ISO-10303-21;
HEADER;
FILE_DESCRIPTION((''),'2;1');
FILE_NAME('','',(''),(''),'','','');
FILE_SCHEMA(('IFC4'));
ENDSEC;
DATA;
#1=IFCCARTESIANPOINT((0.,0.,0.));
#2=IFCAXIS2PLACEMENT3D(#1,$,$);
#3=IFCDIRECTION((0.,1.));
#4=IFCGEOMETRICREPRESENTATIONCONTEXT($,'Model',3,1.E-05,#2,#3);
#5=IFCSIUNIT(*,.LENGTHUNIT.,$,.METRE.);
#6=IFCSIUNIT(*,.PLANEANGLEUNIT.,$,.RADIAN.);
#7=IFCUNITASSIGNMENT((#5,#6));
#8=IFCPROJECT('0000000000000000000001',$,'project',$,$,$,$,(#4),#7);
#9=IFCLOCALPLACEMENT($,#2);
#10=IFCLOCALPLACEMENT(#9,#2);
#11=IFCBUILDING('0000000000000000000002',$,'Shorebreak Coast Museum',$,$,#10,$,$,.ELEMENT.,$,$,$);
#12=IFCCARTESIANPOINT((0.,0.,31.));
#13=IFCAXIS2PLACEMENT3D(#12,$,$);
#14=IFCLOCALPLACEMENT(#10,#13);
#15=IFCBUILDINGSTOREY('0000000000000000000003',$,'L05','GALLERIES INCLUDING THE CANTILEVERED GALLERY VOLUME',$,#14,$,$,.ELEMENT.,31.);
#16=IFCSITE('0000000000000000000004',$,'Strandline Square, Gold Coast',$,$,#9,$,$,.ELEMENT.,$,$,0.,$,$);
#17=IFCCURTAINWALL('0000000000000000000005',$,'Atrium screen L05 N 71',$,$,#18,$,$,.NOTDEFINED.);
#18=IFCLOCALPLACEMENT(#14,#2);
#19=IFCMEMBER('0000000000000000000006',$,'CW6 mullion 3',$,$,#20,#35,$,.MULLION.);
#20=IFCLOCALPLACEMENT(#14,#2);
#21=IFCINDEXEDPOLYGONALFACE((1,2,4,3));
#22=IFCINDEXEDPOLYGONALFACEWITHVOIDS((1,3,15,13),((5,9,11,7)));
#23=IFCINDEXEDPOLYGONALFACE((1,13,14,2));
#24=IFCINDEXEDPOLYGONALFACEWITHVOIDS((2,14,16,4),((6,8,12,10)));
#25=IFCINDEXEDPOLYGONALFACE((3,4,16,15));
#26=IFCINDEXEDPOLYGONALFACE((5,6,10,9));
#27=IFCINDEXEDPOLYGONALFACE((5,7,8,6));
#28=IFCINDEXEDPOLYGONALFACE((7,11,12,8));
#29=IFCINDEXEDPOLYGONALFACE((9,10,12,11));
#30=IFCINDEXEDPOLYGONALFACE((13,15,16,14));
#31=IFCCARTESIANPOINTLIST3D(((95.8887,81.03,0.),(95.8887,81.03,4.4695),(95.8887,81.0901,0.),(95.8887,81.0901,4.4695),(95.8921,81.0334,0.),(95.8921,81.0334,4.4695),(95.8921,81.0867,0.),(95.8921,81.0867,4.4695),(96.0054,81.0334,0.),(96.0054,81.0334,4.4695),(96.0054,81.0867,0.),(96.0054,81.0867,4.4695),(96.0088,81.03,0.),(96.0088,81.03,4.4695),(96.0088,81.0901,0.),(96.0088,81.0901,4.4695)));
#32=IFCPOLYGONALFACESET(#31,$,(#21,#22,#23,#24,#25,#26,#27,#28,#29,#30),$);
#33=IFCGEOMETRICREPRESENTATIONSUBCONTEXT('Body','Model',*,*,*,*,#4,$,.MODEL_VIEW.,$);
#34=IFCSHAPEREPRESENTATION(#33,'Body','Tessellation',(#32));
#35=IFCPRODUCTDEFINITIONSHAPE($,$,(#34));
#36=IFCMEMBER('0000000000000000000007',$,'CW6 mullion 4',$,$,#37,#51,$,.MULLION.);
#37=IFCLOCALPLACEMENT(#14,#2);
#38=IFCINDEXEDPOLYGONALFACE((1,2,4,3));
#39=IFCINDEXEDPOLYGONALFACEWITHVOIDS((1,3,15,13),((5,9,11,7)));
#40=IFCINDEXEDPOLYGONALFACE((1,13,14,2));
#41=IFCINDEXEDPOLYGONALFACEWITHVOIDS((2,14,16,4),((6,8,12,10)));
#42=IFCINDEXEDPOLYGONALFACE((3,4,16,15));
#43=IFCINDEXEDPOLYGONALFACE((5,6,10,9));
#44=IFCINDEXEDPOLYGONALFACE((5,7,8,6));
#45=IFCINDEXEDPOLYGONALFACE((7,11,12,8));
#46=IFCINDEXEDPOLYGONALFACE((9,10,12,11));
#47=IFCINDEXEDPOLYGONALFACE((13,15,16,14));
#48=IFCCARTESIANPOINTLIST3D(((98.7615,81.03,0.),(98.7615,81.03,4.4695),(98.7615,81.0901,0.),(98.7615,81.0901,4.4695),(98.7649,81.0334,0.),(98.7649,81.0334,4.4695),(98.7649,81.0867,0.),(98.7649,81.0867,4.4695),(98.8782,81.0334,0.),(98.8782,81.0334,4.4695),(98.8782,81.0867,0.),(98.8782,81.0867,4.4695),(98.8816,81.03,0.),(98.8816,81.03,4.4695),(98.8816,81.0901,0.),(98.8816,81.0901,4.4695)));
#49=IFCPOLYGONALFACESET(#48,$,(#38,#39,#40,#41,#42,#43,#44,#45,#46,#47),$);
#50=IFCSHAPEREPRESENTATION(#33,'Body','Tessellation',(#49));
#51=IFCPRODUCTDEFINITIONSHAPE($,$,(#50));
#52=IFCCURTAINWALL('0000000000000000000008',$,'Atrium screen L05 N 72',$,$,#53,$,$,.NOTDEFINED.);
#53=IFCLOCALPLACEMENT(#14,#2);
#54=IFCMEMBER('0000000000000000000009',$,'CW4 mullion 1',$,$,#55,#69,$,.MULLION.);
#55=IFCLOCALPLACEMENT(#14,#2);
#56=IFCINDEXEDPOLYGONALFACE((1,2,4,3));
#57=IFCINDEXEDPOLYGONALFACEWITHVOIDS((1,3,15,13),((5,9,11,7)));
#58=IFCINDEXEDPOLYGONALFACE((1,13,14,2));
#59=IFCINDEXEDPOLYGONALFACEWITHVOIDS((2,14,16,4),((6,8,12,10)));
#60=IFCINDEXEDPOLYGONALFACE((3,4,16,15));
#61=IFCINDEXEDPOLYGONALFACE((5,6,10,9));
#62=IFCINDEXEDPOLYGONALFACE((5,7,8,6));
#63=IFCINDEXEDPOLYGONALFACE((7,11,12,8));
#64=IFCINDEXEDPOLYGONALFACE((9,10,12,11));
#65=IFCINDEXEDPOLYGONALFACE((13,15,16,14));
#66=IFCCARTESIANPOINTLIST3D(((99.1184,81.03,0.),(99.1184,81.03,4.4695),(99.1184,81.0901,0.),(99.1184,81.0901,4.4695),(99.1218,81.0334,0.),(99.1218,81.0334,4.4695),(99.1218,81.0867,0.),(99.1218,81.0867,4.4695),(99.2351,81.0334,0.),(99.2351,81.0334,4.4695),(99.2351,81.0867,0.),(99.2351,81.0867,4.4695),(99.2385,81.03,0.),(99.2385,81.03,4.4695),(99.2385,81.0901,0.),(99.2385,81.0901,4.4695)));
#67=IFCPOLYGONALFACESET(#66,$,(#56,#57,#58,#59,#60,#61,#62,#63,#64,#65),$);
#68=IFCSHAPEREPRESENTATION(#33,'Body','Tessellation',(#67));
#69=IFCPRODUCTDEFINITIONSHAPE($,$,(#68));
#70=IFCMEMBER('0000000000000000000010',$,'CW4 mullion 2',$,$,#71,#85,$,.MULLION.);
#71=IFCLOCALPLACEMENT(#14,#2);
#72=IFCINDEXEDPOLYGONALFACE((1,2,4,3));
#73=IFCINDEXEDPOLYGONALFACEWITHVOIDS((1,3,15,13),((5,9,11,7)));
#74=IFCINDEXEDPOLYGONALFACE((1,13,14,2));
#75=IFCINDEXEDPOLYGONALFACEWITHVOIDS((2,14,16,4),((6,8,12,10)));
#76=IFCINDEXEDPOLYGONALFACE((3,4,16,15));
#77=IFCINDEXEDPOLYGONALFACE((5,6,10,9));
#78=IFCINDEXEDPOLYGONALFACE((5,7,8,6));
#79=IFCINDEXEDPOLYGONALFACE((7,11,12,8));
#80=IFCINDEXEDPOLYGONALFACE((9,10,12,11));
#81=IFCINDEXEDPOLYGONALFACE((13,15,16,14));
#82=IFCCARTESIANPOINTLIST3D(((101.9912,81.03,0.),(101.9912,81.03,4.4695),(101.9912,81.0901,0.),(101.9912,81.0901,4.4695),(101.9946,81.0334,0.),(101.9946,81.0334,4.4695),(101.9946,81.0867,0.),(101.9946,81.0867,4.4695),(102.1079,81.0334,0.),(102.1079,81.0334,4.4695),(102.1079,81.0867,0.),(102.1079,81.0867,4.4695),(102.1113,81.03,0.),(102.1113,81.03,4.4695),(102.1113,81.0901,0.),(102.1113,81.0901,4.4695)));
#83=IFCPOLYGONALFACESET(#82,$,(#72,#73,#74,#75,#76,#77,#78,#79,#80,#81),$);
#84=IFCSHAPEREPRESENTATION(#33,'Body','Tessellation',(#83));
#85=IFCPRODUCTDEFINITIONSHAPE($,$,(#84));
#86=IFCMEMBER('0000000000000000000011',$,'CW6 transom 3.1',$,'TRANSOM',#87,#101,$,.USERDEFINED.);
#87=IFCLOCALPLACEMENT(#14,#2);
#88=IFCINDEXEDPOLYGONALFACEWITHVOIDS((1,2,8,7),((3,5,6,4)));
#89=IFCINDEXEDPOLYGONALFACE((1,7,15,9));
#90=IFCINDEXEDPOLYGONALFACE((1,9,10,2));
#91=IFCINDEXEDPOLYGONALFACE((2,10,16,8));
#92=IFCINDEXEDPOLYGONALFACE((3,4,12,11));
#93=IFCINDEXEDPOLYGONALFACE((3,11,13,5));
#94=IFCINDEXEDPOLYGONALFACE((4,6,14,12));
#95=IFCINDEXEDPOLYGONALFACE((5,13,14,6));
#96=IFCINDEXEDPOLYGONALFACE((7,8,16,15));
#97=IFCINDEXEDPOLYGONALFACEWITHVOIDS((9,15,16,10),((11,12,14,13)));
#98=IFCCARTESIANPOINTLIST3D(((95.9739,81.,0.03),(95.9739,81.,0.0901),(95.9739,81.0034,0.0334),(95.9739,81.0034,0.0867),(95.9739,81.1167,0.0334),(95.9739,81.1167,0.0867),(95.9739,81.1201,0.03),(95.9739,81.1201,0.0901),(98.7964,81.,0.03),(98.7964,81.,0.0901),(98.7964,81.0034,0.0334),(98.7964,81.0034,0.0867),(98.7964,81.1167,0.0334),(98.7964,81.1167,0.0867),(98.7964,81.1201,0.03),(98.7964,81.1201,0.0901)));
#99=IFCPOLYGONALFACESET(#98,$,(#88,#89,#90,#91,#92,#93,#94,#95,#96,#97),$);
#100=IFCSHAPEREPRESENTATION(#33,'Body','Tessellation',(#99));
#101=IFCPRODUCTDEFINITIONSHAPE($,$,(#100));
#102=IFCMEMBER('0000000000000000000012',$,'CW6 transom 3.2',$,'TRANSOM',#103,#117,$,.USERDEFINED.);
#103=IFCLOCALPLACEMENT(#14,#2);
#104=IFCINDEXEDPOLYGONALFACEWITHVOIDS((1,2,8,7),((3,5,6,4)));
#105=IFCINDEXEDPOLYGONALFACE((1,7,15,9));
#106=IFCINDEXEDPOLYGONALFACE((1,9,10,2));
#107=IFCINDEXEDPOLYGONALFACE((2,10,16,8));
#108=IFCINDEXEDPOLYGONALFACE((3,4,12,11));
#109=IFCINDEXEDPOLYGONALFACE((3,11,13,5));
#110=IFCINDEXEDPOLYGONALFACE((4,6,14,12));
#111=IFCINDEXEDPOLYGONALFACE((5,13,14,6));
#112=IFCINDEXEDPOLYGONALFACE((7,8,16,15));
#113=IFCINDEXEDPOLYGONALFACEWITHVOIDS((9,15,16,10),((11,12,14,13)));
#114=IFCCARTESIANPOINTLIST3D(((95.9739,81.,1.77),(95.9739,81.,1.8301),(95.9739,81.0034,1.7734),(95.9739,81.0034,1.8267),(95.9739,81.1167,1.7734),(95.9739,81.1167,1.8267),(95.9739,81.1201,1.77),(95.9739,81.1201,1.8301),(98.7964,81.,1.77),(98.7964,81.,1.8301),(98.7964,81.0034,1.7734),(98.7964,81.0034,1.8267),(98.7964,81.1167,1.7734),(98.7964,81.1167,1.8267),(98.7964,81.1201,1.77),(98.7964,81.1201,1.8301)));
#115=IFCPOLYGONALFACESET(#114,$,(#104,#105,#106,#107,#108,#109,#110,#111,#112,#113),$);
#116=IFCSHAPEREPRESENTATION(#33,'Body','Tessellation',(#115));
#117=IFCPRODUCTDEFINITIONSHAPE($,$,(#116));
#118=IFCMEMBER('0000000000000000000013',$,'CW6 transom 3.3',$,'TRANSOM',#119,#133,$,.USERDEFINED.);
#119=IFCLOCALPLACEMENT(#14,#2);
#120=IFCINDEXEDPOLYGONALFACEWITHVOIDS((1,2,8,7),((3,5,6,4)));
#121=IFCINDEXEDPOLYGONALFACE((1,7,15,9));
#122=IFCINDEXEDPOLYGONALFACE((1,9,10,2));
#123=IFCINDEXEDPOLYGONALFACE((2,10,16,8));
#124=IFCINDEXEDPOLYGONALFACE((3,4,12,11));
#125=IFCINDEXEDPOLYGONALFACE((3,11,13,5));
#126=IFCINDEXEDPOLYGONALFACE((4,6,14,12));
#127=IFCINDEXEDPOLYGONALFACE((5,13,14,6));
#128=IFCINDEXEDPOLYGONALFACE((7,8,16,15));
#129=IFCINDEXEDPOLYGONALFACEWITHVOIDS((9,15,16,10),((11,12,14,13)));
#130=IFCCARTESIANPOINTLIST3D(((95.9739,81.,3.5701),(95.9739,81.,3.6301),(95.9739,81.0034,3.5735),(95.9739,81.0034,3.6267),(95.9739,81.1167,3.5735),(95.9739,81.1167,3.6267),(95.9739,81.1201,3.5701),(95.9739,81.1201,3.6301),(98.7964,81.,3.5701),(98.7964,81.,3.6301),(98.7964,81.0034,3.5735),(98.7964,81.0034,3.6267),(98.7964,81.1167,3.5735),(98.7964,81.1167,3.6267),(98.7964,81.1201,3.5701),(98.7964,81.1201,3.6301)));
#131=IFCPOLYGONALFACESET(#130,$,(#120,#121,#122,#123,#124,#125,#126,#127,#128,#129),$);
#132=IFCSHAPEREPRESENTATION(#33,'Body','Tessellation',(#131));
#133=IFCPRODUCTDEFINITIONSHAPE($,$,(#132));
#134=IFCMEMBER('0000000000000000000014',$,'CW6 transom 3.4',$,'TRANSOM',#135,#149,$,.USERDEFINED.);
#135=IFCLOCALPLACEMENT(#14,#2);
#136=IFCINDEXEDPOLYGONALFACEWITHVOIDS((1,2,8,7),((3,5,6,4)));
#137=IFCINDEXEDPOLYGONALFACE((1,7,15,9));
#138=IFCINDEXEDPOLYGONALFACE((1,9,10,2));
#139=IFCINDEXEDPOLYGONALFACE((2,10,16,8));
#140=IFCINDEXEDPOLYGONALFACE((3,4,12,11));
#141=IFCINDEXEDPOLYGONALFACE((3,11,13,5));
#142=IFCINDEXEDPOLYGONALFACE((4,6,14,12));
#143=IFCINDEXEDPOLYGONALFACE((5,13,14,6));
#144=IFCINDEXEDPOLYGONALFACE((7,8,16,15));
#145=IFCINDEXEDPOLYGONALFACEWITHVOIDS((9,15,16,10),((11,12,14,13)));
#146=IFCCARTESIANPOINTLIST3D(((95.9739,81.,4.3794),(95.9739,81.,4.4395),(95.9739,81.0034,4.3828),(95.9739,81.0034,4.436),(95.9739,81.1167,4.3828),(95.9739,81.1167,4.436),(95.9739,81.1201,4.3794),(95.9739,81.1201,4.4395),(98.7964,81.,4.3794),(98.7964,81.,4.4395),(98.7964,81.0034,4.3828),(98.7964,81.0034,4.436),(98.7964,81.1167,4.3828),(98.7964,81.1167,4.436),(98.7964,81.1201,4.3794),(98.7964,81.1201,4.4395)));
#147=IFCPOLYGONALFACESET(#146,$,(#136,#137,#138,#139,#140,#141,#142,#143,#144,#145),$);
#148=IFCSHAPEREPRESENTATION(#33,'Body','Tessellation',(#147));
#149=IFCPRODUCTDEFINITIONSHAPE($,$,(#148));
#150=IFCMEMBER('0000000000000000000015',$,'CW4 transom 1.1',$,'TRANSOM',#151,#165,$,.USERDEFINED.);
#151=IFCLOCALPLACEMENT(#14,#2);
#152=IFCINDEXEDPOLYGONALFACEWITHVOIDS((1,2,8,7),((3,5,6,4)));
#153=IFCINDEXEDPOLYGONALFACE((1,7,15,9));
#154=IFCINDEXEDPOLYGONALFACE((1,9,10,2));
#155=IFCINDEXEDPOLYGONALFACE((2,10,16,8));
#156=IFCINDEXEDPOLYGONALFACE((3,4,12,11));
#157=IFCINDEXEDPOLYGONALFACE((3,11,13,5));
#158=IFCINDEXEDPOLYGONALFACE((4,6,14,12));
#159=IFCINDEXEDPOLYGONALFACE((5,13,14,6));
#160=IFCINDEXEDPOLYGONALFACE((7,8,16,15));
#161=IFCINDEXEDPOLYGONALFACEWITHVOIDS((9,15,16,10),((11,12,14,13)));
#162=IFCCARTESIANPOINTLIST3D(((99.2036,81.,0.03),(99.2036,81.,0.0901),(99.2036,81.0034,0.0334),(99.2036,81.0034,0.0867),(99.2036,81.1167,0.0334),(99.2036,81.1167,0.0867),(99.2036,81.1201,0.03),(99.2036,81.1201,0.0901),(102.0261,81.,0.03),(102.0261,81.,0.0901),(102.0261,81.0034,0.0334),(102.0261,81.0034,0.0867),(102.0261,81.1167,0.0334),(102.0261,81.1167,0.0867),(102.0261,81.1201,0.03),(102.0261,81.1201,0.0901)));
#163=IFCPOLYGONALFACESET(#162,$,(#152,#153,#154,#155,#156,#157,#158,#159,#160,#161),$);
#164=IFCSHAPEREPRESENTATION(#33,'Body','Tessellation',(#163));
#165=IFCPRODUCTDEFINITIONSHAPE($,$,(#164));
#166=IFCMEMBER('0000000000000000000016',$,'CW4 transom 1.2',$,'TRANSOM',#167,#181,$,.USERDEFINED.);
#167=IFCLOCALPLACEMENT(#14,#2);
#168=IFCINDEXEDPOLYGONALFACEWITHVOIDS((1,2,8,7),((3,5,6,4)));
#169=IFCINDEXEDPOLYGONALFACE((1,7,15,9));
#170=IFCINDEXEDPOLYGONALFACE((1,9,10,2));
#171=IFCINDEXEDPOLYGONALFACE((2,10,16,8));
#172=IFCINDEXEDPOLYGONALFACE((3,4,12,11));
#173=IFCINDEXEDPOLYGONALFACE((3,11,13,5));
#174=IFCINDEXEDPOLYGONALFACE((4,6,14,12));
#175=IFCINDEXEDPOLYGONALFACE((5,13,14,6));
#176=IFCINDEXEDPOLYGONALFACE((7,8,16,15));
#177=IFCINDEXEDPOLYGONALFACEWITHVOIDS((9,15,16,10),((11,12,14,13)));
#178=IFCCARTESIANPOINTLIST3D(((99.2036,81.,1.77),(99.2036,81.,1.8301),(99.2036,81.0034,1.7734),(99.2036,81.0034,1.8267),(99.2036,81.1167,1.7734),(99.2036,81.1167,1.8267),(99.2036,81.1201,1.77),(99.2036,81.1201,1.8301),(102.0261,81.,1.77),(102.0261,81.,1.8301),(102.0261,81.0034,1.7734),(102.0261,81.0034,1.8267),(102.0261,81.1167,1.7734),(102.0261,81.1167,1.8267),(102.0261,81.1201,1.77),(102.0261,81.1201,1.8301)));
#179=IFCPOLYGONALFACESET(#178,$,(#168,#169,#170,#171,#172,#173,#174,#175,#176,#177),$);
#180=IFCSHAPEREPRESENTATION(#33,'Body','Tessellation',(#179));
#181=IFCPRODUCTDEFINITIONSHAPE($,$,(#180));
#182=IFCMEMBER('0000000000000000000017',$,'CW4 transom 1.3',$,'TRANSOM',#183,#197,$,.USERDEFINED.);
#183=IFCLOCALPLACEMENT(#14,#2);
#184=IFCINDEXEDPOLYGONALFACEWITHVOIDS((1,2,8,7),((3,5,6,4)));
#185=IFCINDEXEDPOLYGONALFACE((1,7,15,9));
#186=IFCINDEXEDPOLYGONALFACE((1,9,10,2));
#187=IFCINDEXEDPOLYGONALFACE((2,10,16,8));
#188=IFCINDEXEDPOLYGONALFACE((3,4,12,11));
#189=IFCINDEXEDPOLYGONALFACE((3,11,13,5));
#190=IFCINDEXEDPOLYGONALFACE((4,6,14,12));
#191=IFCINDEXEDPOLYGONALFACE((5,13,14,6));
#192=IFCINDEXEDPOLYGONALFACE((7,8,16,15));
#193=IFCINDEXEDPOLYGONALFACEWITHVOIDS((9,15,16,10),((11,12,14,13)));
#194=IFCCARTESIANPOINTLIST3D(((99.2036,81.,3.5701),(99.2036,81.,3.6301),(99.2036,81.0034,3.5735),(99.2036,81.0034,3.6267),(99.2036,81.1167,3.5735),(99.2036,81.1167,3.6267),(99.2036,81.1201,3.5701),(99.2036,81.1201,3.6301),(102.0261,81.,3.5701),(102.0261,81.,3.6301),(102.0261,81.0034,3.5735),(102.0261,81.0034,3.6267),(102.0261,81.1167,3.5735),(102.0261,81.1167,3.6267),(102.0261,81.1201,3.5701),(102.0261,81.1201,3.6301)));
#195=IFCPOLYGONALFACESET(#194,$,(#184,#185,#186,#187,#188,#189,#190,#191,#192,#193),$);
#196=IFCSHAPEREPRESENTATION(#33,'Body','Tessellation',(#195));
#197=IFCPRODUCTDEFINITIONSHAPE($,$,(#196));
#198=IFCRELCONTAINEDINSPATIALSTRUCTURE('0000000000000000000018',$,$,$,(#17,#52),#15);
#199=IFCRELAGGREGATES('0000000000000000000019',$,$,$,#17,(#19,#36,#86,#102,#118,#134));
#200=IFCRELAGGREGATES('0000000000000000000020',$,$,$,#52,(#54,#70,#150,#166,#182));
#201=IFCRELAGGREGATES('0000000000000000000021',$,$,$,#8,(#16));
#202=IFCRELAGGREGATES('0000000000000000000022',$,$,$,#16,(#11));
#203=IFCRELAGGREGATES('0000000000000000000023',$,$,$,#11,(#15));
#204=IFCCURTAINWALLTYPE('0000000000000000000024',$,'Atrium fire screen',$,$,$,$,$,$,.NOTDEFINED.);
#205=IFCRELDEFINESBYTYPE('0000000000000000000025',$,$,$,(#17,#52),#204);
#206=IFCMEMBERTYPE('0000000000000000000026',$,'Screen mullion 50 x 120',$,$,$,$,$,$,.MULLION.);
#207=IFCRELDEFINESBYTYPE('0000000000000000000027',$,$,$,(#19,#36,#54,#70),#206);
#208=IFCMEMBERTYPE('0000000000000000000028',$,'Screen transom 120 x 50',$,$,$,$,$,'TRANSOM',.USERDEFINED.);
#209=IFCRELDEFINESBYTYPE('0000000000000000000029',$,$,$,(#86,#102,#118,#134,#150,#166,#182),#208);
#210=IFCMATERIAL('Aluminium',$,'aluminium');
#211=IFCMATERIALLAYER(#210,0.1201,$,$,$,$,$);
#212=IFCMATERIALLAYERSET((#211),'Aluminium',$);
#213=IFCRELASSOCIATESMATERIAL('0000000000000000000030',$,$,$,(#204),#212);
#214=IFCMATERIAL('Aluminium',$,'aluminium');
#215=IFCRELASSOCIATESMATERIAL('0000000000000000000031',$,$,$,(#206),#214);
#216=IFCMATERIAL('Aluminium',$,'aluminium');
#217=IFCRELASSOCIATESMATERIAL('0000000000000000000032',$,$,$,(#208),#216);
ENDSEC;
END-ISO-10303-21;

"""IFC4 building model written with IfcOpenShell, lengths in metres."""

from ifc_helpers import new_model, si_unit, direction, frame, origin, origin_2d, place, context, subcontext, project, spatial, hollow_rectangle, extrude, material, layer, layer_set, material_profile, profile_set, type_object, element, aggregate, save


model = new_model("IFC4")

# Units and contexts
model_context = context("Model", 3, precision=1e-05, world=origin(), true_north=direction((0.0, 1.0)))
body_context = subcontext(model_context, "Body", "Model", "MODEL_VIEW")
ifc_project = project(units=[si_unit("LENGTHUNIT", "METRE"), si_unit("PLANEANGLEUNIT", "RADIAN")], contexts=[model_context])

# Site, building, storey
site_placement = place(None, origin())
site = spatial("IfcSite", under=ifc_project, at=site_placement, Name="Strandline Square, Gold Coast", CompositionType="ELEMENT", RefElevation=0.0)
building_placement = place(site_placement, origin())
building = spatial("IfcBuilding", under=site, at=building_placement, Name="Shorebreak Coast Museum", CompositionType="ELEMENT")
storey_placement = place(building_placement, frame((0.0, 0.0, 31.0)))
storey = spatial("IfcBuildingStorey", under=building, at=storey_placement, Name="L05", Description="GALLERIES INCLUDING THE CANTILEVERED GALLERY VOLUME", CompositionType="ELEMENT", Elevation=31.0)

# Curtain walls, members
ifc_material_1 = material(Name="Aluminium", Category="aluminium")
ifc_layer_1 = layer(ifc_material_1, 0.1201)
ifc_layer_set_1 = layer_set([ifc_layer_1], Name="Aluminium")
curtain_wall_type = type_object("IfcCurtainWallType", Name="Atrium fire screen", PredefinedType="NOTDEFINED", material=ifc_layer_set_1)
curtain_wall_1_placement = place(storey_placement, origin())
curtain_wall_1 = element("IfcCurtainWall", 1, at=curtain_wall_1_placement, inside=storey, type_object=curtain_wall_type, Name="Atrium screen L05 N 71", PredefinedType="NOTDEFINED")
ifc_material_2 = material(Name="Aluminium", Category="aluminium")
ifc_material_profile_1 = material_profile(ifc_material_2, hollow_rectangle(XDim=0.0601, YDim=0.1201, WallThickness=0.0034, at=origin_2d()), Name="AL 120x60 RHS")
ifc_profile_set_1 = profile_set([ifc_material_profile_1], Name="Aluminium")
member_type_1 = type_object("IfcMemberType", Name="Screen mullion 50 x 120", PredefinedType="MULLION", material=ifc_profile_set_1)
member_1_placement = place(storey_placement, frame((95.9487, 81.0601, 0.0), z_axis=(0.0, 0.0, 1.0), x_axis=(0.0, 1.0, 0.0)))
member_1 = element("IfcMember", 2, at=member_1_placement, type_object=member_type_1, Name="CW6 mullion 3", PredefinedType="MULLION", context=body_context, shape_type="SweptSolid", body=[
    extrude(hollow_rectangle(XDim=0.0601, YDim=0.1201, WallThickness=0.0034, at=origin_2d()), origin(), (0.0, 0.0, 1.0), 4.4695),
])
member_2_placement = place(storey_placement, frame((98.8215, 81.0601, 0.0), z_axis=(0.0, 0.0, 1.0), x_axis=(0.0, 1.0, 0.0)))
member_2 = element("IfcMember", 3, at=member_2_placement, type_object=member_type_1, Name="CW6 mullion 4", PredefinedType="MULLION", context=body_context, shape_type="SweptSolid", body=[
    extrude(hollow_rectangle(XDim=0.0601, YDim=0.1201, WallThickness=0.0034, at=origin_2d()), origin(), (0.0, 0.0, 1.0), 4.4695),
])
curtain_wall_2_placement = place(storey_placement, origin())
curtain_wall_2 = element("IfcCurtainWall", 4, at=curtain_wall_2_placement, inside=storey, type_object=curtain_wall_type, Name="Atrium screen L05 N 72", PredefinedType="NOTDEFINED")
member_3_placement = place(storey_placement, frame((99.1785, 81.0601, 0.0), z_axis=(0.0, 0.0, 1.0), x_axis=(0.0, 1.0, 0.0)))
member_3 = element("IfcMember", 5, at=member_3_placement, type_object=member_type_1, Name="CW4 mullion 1", PredefinedType="MULLION", context=body_context, shape_type="SweptSolid", body=[
    extrude(hollow_rectangle(XDim=0.0601, YDim=0.1201, WallThickness=0.0034, at=origin_2d()), origin(), (0.0, 0.0, 1.0), 4.4695),
])
member_4_placement = place(storey_placement, frame((102.0513, 81.0601, 0.0), z_axis=(0.0, 0.0, 1.0), x_axis=(0.0, 1.0, 0.0)))
member_4 = element("IfcMember", 6, at=member_4_placement, type_object=member_type_1, Name="CW4 mullion 2", PredefinedType="MULLION", context=body_context, shape_type="SweptSolid", body=[
    extrude(hollow_rectangle(XDim=0.0601, YDim=0.1201, WallThickness=0.0034, at=origin_2d()), origin(), (0.0, 0.0, 1.0), 4.4695),
])

# Members
ifc_material_3 = material(Name="Aluminium", Category="aluminium")
ifc_material_profile_2 = material_profile(ifc_material_3, hollow_rectangle(XDim=0.1201, YDim=0.0601, WallThickness=0.0034, at=origin_2d()), Name="AL 60x120 RHS")
ifc_profile_set_2 = profile_set([ifc_material_profile_2], Name="Aluminium")
member_type_2 = type_object("IfcMemberType", Name="Screen transom 120 x 50", ElementType="TRANSOM", PredefinedType="USERDEFINED", material=ifc_profile_set_2)
member_5_placement = place(storey_placement, frame((95.9739, 81.0601, 0.0601), z_axis=(1.0, 0.0, 0.0), x_axis=(0.0, 1.0, 0.0)))
member_5 = element("IfcMember", 7, at=member_5_placement, type_object=member_type_2, Name="CW6 transom 3.1", ObjectType="TRANSOM", PredefinedType="USERDEFINED", context=body_context, shape_type="SweptSolid", body=[
    extrude(hollow_rectangle(XDim=0.1201, YDim=0.0601, WallThickness=0.0034, at=origin_2d()), origin(), (0.0, 0.0, 1.0), 2.8225),
])
member_6_placement = place(storey_placement, frame((95.9739, 81.0601, 1.8), z_axis=(1.0, 0.0, 0.0), x_axis=(0.0, 1.0, 0.0)))
member_6 = element("IfcMember", 8, at=member_6_placement, type_object=member_type_2, Name="CW6 transom 3.2", ObjectType="TRANSOM", PredefinedType="USERDEFINED", context=body_context, shape_type="SweptSolid", body=[
    extrude(hollow_rectangle(XDim=0.1201, YDim=0.0601, WallThickness=0.0034, at=origin_2d()), origin(), (0.0, 0.0, 1.0), 2.8225),
])
member_7_placement = place(storey_placement, frame((95.9739, 81.0601, 3.6001), z_axis=(1.0, 0.0, 0.0), x_axis=(0.0, 1.0, 0.0)))
member_7 = element("IfcMember", 9, at=member_7_placement, type_object=member_type_2, Name="CW6 transom 3.3", ObjectType="TRANSOM", PredefinedType="USERDEFINED", context=body_context, shape_type="SweptSolid", body=[
    extrude(hollow_rectangle(XDim=0.1201, YDim=0.0601, WallThickness=0.0034, at=origin_2d()), origin(), (0.0, 0.0, 1.0), 2.8225),
])
member_8_placement = place(storey_placement, frame((95.9739, 81.0601, 4.4094), z_axis=(1.0, 0.0, 0.0), x_axis=(0.0, 1.0, 0.0)))
member_8 = element("IfcMember", 10, at=member_8_placement, type_object=member_type_2, Name="CW6 transom 3.4", ObjectType="TRANSOM", PredefinedType="USERDEFINED", context=body_context, shape_type="SweptSolid", body=[
    extrude(hollow_rectangle(XDim=0.1201, YDim=0.0601, WallThickness=0.0034, at=origin_2d()), origin(), (0.0, 0.0, 1.0), 2.8225),
])
member_9_placement = place(storey_placement, frame((99.2036, 81.0601, 0.0601), z_axis=(1.0, 0.0, 0.0), x_axis=(0.0, 1.0, 0.0)))
member_9 = element("IfcMember", 11, at=member_9_placement, type_object=member_type_2, Name="CW4 transom 1.1", ObjectType="TRANSOM", PredefinedType="USERDEFINED", context=body_context, shape_type="SweptSolid", body=[
    extrude(hollow_rectangle(XDim=0.1201, YDim=0.0601, WallThickness=0.0034, at=origin_2d()), origin(), (0.0, 0.0, 1.0), 2.8225),
])
member_10_placement = place(storey_placement, frame((99.2036, 81.0601, 1.8), z_axis=(1.0, 0.0, 0.0), x_axis=(0.0, 1.0, 0.0)))
member_10 = element("IfcMember", 12, at=member_10_placement, type_object=member_type_2, Name="CW4 transom 1.2", ObjectType="TRANSOM", PredefinedType="USERDEFINED", context=body_context, shape_type="SweptSolid", body=[
    extrude(hollow_rectangle(XDim=0.1201, YDim=0.0601, WallThickness=0.0034, at=origin_2d()), origin(), (0.0, 0.0, 1.0), 2.8225),
])
member_11_placement = place(storey_placement, frame((99.2036, 81.0601, 3.6001), z_axis=(1.0, 0.0, 0.0), x_axis=(0.0, 1.0, 0.0)))
member_11 = element("IfcMember", 13, at=member_11_placement, type_object=member_type_2, Name="CW4 transom 1.3", ObjectType="TRANSOM", PredefinedType="USERDEFINED", context=body_context, shape_type="SweptSolid", body=[
    extrude(hollow_rectangle(XDim=0.1201, YDim=0.0601, WallThickness=0.0034, at=origin_2d()), origin(), (0.0, 0.0, 1.0), 2.8225),
])

aggregate(curtain_wall_1, [member_1, member_2, member_5, member_6, member_7, member_8])
aggregate(curtain_wall_2, [member_3, member_4, member_9, member_10, member_11])

save(model, "model.ifc")
